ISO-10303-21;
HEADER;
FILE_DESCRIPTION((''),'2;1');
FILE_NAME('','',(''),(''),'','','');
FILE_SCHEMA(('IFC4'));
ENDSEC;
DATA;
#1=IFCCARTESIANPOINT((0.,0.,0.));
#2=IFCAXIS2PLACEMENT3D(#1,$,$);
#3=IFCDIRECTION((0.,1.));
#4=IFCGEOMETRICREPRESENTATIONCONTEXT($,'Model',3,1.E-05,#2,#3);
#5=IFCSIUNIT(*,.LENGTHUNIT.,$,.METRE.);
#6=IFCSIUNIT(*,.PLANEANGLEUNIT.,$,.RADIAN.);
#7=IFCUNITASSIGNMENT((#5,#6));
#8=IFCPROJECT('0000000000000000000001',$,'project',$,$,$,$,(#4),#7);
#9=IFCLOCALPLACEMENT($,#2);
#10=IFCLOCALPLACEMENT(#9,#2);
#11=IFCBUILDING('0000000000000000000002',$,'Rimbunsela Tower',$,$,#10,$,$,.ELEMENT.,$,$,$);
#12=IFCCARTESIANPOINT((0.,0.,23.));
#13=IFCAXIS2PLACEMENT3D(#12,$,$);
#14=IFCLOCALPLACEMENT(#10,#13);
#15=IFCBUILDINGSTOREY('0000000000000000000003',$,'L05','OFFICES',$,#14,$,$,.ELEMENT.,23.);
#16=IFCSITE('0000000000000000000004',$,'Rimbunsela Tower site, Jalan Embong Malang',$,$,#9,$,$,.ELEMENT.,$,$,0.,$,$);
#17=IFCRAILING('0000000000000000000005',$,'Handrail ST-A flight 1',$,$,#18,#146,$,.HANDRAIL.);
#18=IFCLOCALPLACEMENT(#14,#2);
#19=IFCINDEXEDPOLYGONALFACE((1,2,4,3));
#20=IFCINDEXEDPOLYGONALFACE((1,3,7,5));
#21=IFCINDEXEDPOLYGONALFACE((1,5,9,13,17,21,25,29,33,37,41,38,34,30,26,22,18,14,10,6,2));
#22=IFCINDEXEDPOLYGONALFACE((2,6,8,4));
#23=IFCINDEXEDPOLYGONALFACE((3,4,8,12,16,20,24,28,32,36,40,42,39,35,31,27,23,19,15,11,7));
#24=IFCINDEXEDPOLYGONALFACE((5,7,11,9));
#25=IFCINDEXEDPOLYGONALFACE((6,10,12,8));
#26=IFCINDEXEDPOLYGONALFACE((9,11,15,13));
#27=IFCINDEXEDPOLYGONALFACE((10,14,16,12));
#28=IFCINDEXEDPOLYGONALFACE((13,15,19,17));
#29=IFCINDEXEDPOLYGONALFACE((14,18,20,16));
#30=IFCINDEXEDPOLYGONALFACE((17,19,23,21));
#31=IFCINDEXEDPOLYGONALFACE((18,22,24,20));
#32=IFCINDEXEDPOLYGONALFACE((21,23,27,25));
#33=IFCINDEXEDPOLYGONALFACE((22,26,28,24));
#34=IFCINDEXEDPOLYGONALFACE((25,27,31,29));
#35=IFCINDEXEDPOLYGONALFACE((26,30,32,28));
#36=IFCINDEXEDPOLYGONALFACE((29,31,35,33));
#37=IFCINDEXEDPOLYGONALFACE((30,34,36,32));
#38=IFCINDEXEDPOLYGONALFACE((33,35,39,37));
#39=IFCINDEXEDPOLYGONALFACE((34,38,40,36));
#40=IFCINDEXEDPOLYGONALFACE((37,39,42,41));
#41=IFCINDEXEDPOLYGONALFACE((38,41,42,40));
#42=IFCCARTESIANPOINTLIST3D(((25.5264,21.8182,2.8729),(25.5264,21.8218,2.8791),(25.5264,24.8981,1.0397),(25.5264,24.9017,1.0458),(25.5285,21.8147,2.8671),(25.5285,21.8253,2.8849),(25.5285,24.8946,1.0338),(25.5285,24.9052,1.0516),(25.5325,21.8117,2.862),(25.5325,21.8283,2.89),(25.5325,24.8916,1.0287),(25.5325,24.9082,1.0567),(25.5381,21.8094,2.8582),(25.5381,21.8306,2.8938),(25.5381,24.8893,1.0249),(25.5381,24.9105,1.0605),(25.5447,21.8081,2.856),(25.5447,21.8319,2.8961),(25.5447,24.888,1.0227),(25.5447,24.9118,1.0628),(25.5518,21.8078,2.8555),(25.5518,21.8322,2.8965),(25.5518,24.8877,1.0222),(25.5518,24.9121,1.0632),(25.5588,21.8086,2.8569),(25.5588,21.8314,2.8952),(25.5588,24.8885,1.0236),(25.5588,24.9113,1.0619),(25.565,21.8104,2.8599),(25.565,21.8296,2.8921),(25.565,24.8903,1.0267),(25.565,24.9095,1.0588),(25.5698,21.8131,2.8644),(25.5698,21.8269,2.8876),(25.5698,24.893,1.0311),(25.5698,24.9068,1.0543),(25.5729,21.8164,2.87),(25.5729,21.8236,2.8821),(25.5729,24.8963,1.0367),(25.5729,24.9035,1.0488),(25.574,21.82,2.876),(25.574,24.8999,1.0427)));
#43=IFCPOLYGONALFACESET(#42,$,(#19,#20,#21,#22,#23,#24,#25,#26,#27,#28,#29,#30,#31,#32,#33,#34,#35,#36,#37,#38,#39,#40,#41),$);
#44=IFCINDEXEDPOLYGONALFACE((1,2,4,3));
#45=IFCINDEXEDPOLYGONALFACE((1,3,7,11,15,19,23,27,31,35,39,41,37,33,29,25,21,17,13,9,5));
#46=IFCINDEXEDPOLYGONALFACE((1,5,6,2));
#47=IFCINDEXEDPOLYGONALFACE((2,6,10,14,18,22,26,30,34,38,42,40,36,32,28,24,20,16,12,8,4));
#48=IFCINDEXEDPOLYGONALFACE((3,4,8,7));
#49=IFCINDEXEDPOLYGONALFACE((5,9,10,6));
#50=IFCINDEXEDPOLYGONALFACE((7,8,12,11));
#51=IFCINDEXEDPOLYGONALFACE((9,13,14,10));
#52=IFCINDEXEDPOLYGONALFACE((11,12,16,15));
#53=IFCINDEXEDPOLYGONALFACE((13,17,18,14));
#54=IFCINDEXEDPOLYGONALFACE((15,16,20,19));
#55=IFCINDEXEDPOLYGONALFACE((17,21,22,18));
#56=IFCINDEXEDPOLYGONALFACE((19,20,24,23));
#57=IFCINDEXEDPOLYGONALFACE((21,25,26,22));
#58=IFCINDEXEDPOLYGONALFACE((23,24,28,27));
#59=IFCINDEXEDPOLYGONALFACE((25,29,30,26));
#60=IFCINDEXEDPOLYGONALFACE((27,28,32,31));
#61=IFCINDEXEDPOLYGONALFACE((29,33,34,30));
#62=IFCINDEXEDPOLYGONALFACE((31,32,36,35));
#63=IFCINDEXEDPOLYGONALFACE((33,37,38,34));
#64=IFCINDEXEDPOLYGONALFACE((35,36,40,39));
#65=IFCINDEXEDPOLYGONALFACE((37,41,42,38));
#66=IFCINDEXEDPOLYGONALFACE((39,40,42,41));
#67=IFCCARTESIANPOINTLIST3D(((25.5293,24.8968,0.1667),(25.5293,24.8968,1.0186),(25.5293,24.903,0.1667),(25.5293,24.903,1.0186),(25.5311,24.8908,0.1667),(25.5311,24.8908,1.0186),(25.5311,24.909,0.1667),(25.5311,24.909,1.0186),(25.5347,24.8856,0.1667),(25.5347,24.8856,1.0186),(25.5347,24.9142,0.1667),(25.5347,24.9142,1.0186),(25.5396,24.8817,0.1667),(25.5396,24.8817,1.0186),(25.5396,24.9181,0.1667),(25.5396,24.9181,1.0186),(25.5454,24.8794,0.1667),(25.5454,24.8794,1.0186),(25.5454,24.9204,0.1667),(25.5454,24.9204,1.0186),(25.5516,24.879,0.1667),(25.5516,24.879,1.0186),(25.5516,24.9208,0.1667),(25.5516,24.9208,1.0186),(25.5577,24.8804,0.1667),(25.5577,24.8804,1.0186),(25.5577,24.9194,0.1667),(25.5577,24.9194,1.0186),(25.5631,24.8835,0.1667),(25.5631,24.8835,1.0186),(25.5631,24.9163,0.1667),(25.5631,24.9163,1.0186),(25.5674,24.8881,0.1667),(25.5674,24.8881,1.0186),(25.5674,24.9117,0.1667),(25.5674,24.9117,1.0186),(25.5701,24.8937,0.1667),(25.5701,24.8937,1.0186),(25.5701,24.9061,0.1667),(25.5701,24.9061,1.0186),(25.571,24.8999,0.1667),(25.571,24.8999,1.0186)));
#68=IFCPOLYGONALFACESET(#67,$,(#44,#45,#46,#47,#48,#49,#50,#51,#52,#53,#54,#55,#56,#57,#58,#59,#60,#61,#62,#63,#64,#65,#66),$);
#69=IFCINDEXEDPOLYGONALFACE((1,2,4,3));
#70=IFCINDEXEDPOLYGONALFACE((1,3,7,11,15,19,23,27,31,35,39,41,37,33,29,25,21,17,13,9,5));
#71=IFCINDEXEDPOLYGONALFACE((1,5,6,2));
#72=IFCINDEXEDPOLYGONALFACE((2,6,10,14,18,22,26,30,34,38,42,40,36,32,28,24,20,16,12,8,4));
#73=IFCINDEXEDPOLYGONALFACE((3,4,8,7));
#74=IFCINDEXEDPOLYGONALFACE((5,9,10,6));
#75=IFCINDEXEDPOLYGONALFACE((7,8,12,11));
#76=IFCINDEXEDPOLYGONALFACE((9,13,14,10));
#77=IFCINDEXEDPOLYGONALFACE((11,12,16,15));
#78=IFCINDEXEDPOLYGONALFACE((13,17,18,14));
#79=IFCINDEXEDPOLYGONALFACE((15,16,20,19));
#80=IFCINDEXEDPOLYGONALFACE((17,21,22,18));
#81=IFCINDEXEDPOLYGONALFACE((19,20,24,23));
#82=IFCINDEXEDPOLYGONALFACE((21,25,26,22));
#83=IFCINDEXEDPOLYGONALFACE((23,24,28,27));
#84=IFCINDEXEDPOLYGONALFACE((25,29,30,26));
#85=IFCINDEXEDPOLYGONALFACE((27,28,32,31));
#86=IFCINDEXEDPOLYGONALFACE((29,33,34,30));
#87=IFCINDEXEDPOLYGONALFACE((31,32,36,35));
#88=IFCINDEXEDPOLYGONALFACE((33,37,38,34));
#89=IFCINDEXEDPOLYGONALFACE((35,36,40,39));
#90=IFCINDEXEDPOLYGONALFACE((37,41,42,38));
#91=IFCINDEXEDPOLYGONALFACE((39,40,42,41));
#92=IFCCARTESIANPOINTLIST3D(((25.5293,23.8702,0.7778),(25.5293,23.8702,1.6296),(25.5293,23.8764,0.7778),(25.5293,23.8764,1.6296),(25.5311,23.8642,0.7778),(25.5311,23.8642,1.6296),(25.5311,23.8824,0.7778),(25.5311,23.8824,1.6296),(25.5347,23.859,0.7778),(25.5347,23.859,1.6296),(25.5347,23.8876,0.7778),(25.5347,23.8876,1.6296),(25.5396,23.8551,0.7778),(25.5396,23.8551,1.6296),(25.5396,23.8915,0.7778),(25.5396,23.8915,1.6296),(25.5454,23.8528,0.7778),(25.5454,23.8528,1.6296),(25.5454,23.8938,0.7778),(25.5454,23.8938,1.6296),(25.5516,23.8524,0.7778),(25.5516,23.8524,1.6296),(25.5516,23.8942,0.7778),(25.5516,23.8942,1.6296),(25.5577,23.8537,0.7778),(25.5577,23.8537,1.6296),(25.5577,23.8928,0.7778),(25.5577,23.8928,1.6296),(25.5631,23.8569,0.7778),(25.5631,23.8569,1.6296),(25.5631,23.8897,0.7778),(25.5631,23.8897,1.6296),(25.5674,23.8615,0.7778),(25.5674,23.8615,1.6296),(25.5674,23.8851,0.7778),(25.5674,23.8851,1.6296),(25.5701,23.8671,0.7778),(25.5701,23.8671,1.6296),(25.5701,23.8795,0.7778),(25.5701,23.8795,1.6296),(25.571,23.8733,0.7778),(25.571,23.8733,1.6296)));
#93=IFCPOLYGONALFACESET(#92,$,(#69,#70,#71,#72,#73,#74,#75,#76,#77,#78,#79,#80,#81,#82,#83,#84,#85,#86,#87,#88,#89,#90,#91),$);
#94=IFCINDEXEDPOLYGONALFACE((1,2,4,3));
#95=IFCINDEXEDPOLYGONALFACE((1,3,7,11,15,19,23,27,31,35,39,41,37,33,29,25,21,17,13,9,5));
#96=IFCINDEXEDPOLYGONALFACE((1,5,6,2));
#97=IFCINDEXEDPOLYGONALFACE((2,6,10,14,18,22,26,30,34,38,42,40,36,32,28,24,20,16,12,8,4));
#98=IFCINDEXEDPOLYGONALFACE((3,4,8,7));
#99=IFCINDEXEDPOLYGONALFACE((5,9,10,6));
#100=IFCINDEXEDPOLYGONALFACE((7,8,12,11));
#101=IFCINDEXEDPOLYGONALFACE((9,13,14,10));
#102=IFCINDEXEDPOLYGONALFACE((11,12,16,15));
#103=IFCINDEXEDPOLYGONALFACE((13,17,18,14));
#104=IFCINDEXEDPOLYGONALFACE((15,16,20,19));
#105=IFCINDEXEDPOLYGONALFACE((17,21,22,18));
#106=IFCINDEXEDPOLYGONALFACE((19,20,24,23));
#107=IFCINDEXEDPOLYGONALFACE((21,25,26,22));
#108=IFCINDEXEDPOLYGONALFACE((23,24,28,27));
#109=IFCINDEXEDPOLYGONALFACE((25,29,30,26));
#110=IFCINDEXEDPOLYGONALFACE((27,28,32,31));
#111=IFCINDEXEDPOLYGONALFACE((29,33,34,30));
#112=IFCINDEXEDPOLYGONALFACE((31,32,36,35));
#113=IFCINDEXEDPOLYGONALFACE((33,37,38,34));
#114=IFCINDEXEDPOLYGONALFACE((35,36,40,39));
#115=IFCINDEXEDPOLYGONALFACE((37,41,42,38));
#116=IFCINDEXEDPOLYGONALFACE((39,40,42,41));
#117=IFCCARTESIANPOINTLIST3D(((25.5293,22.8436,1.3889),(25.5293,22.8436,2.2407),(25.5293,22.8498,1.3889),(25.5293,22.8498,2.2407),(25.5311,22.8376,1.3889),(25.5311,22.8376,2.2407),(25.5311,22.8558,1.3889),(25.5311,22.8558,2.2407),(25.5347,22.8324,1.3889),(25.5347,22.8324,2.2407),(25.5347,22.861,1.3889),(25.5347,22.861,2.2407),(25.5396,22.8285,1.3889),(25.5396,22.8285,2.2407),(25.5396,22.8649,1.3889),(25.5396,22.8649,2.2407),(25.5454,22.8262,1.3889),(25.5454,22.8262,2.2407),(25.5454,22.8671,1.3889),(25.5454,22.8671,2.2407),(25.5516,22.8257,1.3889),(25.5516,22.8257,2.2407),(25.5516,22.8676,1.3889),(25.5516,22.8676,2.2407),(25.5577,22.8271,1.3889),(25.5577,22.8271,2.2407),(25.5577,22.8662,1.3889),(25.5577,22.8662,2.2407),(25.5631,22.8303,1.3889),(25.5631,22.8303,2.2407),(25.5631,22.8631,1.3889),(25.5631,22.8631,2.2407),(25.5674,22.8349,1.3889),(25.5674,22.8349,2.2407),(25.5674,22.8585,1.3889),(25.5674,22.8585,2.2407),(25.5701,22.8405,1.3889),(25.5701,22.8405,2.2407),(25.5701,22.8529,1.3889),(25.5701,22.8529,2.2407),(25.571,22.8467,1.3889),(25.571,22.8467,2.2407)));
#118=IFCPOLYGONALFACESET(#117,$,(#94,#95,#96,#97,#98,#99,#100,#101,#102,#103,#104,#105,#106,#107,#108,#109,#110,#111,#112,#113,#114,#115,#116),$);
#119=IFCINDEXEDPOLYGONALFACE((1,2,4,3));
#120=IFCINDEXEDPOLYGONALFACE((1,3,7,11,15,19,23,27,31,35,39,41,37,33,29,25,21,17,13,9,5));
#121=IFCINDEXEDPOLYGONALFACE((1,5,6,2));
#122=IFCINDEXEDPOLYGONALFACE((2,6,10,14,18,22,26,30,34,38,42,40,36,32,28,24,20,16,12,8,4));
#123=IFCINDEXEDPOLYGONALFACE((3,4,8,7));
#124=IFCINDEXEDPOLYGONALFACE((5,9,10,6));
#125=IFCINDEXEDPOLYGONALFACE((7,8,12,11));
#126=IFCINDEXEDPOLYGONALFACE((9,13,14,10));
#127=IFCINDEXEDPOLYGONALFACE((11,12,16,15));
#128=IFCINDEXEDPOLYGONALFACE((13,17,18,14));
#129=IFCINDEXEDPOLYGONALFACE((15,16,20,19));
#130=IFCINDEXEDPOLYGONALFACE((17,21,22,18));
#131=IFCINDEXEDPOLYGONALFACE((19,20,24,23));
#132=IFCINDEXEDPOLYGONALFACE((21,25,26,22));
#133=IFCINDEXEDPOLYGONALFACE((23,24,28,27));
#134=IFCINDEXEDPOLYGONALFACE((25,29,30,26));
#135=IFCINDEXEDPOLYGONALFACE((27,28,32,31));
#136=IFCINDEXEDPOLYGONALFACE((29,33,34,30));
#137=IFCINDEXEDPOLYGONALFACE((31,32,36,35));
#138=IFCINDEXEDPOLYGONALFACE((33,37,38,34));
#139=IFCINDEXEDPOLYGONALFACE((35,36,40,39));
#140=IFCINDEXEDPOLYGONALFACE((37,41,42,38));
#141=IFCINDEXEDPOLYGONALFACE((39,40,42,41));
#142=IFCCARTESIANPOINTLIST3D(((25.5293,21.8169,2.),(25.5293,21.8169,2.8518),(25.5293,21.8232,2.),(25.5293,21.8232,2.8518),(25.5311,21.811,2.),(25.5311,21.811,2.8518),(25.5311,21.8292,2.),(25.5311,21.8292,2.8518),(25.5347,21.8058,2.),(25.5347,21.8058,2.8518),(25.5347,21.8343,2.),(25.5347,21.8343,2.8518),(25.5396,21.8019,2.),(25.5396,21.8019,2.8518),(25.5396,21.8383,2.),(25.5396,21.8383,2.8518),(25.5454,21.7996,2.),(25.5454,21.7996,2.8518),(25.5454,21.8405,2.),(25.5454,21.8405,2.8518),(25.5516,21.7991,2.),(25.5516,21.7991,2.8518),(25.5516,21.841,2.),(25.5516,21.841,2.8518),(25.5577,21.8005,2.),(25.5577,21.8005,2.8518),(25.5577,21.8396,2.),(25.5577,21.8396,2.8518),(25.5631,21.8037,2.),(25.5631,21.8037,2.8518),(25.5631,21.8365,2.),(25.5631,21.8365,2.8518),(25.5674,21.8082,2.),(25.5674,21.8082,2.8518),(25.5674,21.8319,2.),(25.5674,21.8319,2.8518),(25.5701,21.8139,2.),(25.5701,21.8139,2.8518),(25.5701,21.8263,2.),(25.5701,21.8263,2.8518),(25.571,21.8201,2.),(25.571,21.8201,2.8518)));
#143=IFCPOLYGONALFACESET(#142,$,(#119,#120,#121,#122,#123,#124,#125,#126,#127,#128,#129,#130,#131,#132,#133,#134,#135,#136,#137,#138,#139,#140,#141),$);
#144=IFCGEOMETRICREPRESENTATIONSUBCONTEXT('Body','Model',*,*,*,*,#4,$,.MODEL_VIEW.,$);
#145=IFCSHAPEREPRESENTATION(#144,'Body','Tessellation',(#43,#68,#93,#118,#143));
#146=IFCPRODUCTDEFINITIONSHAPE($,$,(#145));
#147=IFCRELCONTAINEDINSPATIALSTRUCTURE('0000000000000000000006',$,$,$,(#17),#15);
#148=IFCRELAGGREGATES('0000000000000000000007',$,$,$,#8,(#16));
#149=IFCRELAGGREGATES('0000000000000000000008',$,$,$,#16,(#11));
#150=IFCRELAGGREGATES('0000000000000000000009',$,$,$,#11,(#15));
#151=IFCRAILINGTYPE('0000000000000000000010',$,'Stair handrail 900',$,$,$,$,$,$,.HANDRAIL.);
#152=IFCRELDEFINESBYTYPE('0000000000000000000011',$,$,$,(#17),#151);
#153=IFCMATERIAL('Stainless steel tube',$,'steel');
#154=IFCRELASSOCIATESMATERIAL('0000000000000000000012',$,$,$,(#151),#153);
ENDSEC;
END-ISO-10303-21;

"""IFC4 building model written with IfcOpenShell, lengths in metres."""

from ifc_helpers import new_model, si_unit, direction, frame, origin, origin_2d, place, context, subcontext, project, spatial, circle, extrude, material, type_object, element, save


model = new_model("IFC4")

# Units and contexts
model_context = context("Model", 3, precision=1e-05, world=origin(), true_north=direction((0.0, 1.0)))
body_context = subcontext(model_context, "Body", "Model", "MODEL_VIEW")
ifc_project = project(units=[si_unit("LENGTHUNIT", "METRE"), si_unit("PLANEANGLEUNIT", "RADIAN")], contexts=[model_context])

# Site, building, storey
site_placement = place(None, origin())
site = spatial("IfcSite", under=ifc_project, at=site_placement, Name="Rimbunsela Tower site, Jalan Embong Malang", CompositionType="ELEMENT", RefElevation=0.0)
building_placement = place(site_placement, origin())
building = spatial("IfcBuilding", under=site, at=building_placement, Name="Rimbunsela Tower", CompositionType="ELEMENT")
storey_placement = place(building_placement, frame((0.0, 0.0, 23.0)))
storey = spatial("IfcBuildingStorey", under=building, at=storey_placement, Name="L05", Description="OFFICES", CompositionType="ELEMENT", Elevation=23.0)

# Railing
ifc_material_1 = material(Name="Stainless steel tube", Category="steel")
railing_type = type_object("IfcRailingType", Name="Stair handrail 900", PredefinedType="HANDRAIL", material=ifc_material_1)
railing_1_placement = place(storey_placement, frame((25.55, 24.8999, 0.1667)))
element("IfcRailing", 1, at=railing_1_placement, inside=storey, type_object=railing_type, Name="Handrail ST-A flight 1", PredefinedType="HANDRAIL", context=body_context, shape_type="SweptSolid", body=[
    extrude(circle(Radius=0.0239, at=origin_2d()), frame((0.0, 0.0, 0.876), z_axis=(0.0, -0.859291, 0.511487), x_axis=(1.0, 0.0, 0.0)), (0.0, 0.0, 1.0), 3.5842),
    extrude(circle(Radius=0.021, at=origin_2d()), origin(), (0.0, 0.0, 1.0), 0.8518),
    extrude(circle(Radius=0.021, at=origin_2d()), frame((0.0, -1.0266, 0.6111)), (0.0, 0.0, 1.0), 0.8518),
    extrude(circle(Radius=0.021, at=origin_2d()), frame((0.0, -2.0532, 1.2222)), (0.0, 0.0, 1.0), 0.8518),
    extrude(circle(Radius=0.021, at=origin_2d()), frame((0.0, -3.0798, 1.8333)), (0.0, 0.0, 1.0), 0.8518),
])

save(model, "model.ifc")
